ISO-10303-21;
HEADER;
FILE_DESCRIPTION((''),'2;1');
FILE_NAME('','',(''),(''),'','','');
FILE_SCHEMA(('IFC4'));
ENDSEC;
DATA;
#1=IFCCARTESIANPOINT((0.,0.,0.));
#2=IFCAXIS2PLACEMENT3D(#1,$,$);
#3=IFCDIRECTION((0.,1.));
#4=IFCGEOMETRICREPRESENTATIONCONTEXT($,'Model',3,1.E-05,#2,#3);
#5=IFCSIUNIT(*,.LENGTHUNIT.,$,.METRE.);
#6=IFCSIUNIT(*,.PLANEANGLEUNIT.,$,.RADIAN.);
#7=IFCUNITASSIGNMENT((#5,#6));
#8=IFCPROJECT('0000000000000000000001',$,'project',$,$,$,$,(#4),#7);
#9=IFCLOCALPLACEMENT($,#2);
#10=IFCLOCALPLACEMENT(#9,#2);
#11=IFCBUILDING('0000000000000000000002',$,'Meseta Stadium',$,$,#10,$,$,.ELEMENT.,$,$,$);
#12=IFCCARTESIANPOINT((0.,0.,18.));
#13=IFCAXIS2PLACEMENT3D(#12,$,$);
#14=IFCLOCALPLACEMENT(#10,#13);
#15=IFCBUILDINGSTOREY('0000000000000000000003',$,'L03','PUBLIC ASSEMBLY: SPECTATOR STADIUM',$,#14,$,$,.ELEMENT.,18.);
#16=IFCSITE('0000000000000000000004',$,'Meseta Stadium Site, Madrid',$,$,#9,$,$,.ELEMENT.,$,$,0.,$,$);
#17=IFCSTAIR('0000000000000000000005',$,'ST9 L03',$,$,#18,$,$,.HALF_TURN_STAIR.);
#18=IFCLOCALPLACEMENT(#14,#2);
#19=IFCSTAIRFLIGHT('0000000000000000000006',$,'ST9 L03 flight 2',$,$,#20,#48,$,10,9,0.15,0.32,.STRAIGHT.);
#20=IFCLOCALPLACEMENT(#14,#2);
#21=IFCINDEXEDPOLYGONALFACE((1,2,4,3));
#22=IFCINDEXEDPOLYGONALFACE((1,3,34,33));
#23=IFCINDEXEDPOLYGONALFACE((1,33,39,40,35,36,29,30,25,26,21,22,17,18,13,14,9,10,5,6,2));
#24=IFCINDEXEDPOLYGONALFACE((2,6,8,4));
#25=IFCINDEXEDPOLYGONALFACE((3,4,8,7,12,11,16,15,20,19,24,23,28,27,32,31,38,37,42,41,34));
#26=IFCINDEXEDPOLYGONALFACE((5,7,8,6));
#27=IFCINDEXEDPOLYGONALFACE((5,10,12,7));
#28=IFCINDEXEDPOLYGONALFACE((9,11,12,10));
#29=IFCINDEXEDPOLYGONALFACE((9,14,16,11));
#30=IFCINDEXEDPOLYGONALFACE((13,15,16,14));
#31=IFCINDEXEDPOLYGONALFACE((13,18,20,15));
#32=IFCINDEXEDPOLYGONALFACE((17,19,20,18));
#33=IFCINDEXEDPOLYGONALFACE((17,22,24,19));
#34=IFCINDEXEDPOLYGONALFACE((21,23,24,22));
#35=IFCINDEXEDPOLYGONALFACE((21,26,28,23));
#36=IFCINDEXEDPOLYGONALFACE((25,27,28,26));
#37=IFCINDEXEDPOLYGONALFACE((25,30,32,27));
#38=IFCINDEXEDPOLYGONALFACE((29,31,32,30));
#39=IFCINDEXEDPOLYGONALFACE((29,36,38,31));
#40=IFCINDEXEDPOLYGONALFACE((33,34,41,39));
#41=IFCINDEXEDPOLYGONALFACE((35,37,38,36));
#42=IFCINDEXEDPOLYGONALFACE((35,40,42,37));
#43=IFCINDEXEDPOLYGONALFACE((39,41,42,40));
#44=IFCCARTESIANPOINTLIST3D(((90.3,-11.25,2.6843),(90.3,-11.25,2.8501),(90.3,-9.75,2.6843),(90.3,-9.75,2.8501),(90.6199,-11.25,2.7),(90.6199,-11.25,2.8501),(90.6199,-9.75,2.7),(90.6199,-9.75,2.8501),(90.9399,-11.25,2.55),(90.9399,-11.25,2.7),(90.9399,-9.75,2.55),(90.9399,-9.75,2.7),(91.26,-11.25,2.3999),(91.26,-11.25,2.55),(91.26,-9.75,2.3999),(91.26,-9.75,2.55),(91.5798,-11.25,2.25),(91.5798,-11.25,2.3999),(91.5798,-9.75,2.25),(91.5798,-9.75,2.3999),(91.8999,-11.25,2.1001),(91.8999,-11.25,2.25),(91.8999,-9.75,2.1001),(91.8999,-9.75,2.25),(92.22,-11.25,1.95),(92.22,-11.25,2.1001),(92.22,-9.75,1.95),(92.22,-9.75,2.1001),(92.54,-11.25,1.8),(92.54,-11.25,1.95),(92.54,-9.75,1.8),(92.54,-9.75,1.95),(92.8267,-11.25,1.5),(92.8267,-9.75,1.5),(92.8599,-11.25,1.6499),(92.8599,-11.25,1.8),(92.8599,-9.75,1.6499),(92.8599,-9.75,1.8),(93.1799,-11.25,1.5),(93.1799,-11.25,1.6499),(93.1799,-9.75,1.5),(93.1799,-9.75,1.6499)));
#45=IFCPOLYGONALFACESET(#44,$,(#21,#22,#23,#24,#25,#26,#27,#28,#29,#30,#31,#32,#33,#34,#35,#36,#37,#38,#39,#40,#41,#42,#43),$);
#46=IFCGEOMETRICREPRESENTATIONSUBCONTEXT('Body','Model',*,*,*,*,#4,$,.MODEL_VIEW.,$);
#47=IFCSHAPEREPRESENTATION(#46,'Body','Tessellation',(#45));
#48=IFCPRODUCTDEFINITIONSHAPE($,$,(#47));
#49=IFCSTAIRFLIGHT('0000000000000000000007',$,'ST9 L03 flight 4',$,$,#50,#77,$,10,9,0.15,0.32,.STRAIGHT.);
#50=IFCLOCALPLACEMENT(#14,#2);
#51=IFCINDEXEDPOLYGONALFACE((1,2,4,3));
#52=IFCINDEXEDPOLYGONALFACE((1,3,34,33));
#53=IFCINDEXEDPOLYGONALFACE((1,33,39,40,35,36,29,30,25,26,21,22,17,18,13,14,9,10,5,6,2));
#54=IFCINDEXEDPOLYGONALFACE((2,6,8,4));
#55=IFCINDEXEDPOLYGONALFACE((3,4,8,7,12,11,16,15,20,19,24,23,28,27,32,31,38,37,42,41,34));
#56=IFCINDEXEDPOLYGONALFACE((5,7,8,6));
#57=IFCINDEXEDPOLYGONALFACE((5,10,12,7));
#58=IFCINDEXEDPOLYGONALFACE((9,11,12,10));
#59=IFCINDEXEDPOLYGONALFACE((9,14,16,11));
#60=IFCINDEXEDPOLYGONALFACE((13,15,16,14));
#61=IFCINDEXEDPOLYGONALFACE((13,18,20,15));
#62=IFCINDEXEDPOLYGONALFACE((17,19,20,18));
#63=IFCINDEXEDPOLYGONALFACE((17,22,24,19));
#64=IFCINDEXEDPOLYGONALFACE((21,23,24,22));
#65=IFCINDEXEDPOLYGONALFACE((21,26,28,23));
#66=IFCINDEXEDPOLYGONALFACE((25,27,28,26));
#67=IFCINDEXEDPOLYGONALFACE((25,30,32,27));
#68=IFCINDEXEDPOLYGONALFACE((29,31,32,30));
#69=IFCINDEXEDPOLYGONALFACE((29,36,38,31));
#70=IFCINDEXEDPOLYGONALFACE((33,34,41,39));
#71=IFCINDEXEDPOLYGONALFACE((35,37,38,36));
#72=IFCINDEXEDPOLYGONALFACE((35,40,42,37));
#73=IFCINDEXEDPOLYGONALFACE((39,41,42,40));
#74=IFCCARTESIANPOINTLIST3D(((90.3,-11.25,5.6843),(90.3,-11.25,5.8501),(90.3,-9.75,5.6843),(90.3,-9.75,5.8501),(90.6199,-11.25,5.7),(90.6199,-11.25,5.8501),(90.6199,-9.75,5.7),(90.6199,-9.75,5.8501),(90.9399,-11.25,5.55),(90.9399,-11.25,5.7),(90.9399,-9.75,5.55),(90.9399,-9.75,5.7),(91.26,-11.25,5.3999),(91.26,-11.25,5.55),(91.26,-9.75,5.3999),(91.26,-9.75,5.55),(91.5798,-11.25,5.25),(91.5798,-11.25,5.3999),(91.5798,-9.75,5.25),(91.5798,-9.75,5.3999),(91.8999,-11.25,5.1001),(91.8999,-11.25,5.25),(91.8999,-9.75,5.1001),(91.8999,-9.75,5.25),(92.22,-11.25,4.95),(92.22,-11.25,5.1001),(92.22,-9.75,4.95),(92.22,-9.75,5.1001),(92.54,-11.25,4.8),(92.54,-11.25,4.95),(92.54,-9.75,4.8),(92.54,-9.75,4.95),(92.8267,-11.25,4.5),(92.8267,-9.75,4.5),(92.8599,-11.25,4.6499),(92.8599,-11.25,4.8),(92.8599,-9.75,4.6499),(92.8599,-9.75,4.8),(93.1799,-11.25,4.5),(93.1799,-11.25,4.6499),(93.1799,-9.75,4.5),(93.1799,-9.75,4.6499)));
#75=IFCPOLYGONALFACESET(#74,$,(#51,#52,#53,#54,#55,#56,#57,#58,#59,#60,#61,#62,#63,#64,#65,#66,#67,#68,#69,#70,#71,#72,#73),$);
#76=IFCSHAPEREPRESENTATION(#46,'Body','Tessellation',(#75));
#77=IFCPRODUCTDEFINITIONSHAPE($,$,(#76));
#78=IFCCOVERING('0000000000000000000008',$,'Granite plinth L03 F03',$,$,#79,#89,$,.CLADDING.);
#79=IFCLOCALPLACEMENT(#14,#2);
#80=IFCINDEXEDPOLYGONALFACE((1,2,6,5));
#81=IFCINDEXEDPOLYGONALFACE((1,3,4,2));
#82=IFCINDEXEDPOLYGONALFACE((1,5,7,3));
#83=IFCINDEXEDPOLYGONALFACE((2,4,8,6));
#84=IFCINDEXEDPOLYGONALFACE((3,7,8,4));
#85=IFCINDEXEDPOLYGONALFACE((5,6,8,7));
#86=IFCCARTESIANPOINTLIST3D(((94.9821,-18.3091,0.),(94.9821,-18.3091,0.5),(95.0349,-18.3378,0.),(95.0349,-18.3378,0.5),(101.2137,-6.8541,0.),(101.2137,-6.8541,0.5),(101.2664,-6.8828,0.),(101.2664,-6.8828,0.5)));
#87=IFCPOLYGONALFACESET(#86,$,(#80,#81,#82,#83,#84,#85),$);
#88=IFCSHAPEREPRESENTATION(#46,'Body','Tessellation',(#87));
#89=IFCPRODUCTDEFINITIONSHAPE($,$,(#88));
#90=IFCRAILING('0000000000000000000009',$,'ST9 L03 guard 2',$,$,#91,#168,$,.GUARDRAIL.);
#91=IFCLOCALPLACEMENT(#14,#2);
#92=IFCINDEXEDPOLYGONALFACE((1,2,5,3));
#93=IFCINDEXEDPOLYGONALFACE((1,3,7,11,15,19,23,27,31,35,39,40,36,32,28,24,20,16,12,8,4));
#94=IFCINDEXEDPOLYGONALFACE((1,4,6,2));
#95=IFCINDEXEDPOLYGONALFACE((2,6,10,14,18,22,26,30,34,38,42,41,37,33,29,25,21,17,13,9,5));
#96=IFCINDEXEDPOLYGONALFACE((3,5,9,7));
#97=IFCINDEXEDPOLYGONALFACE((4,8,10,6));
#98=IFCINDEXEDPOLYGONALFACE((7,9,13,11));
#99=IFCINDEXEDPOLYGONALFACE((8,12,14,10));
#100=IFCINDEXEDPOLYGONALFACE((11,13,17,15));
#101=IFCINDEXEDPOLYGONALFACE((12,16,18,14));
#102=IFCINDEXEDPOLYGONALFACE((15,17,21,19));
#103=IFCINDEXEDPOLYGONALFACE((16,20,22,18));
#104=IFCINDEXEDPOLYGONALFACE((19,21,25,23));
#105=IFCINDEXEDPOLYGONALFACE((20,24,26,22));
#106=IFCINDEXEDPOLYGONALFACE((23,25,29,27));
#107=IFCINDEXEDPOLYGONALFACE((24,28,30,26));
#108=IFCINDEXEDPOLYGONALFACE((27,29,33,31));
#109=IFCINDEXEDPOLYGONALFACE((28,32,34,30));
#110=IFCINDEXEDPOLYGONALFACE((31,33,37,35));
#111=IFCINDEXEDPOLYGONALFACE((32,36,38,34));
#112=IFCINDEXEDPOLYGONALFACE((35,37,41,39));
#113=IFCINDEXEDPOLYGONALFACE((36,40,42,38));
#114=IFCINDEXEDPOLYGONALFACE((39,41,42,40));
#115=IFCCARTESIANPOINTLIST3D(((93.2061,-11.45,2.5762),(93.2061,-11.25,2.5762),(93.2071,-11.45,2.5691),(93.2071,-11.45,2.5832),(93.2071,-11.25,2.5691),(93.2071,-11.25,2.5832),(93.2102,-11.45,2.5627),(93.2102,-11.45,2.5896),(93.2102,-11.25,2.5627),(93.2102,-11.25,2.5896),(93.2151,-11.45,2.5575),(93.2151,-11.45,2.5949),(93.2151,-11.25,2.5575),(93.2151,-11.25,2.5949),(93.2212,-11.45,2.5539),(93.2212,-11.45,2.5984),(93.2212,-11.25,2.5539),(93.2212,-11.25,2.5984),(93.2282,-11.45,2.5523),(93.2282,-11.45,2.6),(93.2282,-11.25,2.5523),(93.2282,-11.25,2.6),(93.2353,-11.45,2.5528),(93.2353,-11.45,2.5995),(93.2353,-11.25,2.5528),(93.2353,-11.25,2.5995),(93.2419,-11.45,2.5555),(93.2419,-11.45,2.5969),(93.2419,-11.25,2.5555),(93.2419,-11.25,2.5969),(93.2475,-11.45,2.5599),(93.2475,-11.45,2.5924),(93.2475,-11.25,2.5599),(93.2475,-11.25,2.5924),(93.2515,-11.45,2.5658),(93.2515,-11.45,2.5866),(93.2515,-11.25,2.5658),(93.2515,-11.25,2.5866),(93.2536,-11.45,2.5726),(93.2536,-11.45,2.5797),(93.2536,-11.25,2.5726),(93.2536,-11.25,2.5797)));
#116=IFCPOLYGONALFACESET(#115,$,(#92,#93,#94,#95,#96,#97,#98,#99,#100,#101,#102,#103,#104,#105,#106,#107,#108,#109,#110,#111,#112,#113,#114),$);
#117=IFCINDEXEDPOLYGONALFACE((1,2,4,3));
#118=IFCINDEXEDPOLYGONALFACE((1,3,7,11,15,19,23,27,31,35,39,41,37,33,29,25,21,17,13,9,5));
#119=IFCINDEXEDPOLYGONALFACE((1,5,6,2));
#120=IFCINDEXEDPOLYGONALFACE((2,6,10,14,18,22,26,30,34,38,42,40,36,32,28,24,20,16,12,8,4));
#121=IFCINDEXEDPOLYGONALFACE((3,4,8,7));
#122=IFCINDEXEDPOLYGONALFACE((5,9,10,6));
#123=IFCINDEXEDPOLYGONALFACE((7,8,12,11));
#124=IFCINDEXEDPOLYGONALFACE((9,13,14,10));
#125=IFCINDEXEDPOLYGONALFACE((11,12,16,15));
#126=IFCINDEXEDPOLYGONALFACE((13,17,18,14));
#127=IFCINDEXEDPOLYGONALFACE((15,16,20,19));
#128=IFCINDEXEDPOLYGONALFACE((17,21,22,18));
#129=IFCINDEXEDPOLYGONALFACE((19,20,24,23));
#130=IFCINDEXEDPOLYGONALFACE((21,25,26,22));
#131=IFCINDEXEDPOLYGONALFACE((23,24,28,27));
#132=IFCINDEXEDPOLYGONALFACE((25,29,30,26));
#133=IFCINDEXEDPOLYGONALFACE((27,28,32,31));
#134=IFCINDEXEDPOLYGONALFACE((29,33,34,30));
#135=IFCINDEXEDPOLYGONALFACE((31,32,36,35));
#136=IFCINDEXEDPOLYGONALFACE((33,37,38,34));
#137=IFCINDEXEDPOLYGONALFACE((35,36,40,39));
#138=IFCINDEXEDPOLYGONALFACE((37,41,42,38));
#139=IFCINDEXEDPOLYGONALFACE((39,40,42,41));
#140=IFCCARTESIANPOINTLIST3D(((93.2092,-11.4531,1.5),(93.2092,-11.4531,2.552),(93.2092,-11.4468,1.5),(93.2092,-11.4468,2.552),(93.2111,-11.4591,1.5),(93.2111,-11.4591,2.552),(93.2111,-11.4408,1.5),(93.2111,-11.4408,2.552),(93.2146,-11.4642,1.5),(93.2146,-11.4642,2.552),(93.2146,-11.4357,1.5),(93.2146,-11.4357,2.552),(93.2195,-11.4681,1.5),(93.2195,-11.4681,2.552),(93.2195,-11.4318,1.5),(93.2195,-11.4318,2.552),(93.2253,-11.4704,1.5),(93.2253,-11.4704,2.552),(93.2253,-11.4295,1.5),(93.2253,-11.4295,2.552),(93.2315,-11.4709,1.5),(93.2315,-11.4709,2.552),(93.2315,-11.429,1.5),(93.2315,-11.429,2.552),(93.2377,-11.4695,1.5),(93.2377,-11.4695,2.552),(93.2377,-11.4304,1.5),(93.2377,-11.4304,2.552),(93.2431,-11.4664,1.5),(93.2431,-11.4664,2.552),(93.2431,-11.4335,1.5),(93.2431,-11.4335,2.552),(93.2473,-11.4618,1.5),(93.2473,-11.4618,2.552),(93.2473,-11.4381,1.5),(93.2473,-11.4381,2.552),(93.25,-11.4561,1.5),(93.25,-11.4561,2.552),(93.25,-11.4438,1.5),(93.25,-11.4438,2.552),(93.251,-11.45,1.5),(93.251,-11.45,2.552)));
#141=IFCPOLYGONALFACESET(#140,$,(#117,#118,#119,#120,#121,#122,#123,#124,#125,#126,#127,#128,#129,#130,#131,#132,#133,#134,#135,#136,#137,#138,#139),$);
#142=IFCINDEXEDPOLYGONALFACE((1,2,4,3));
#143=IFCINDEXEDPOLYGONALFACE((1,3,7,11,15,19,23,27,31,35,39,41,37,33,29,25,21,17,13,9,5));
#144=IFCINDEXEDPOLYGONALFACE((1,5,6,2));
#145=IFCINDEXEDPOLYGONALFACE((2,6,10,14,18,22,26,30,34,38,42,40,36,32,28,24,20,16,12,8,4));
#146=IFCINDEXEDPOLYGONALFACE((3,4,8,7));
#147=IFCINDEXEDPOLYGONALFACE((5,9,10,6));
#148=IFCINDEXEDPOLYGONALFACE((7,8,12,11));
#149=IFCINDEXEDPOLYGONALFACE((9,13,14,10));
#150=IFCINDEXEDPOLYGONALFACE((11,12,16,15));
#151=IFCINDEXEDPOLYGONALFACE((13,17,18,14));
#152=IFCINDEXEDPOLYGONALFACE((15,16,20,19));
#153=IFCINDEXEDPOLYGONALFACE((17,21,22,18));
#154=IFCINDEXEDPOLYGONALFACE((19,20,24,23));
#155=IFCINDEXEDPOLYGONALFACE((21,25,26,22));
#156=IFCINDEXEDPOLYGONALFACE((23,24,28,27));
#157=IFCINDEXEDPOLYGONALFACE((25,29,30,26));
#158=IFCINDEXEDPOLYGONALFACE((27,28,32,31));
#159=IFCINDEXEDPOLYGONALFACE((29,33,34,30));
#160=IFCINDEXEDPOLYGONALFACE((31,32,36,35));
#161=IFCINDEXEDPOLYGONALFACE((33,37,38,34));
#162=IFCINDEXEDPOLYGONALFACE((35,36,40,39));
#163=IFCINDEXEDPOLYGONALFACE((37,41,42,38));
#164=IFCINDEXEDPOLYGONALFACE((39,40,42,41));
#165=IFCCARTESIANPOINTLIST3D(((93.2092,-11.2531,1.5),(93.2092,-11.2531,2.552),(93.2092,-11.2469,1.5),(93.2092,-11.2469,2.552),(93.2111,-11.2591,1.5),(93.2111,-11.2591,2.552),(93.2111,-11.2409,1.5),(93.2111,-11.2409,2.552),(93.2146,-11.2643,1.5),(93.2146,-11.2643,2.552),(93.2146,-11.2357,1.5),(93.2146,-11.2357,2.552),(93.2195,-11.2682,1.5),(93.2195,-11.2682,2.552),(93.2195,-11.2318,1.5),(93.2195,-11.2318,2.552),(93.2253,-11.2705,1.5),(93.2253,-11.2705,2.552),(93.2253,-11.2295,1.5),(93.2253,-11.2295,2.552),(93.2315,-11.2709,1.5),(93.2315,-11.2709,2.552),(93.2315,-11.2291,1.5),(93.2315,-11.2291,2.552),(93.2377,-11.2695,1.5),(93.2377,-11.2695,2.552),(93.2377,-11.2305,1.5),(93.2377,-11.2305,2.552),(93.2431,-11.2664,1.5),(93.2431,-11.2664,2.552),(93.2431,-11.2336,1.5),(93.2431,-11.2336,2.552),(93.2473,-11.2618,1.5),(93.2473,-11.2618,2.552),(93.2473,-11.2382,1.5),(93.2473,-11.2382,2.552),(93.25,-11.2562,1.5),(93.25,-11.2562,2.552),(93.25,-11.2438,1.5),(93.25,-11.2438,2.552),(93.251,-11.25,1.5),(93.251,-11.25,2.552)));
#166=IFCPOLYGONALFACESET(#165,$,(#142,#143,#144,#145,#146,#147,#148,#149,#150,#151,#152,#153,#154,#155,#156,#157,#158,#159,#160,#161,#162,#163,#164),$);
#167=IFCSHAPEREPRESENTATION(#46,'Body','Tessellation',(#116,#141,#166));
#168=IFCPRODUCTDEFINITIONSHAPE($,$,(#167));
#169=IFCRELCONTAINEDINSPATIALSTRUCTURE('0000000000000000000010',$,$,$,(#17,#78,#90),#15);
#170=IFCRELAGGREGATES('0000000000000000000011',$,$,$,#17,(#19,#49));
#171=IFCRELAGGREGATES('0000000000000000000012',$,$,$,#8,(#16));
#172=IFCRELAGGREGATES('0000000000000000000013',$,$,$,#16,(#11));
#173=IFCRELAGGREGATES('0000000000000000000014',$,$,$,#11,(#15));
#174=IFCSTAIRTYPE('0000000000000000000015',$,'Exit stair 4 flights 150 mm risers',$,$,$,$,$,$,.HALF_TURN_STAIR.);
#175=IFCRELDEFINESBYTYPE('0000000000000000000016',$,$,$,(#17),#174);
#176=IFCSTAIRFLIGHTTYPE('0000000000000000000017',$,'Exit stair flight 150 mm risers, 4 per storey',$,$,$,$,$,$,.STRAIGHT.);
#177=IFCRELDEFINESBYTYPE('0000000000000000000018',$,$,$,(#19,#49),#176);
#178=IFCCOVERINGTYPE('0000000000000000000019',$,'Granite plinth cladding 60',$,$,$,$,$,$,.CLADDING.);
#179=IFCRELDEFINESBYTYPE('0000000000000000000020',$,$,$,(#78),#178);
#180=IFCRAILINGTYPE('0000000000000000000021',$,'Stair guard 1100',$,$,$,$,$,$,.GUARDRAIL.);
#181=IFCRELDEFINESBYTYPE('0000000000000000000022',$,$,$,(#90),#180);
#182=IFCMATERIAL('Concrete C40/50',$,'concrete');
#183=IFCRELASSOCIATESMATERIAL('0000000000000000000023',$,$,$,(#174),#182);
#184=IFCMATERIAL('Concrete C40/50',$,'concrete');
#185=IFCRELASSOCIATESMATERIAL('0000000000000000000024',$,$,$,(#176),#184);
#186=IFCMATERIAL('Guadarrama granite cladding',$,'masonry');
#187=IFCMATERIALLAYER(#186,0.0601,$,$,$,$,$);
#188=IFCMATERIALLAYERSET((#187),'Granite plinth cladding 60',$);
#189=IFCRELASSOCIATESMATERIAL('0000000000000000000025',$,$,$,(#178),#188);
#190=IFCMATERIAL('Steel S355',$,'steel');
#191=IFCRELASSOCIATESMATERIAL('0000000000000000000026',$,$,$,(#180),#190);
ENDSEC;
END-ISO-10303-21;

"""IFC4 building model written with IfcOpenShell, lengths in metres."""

from ifc_helpers import new_model, si_unit, direction, frame, origin, origin_2d, place, context, subcontext, project, spatial, polyline, rectangle, circle, outline, extrude, material, layer, layer_set, type_object, element, aggregate, save


model = new_model("IFC4")

# Units and contexts
model_context = context("Model", 3, precision=1e-05, world=origin(), true_north=direction((0.0, 1.0)))
body_context = subcontext(model_context, "Body", "Model", "MODEL_VIEW")
ifc_project = project(units=[si_unit("LENGTHUNIT", "METRE"), si_unit("PLANEANGLEUNIT", "RADIAN")], contexts=[model_context])

# Site, building, storey
site_placement = place(None, origin())
site = spatial("IfcSite", under=ifc_project, at=site_placement, Name="Meseta Stadium Site, Madrid", CompositionType="ELEMENT", RefElevation=0.0)
building_placement = place(site_placement, origin())
building = spatial("IfcBuilding", under=site, at=building_placement, Name="Meseta Stadium", CompositionType="ELEMENT")
storey_placement = place(building_placement, frame((0.0, 0.0, 18.0)))
storey = spatial("IfcBuildingStorey", under=building, at=storey_placement, Name="L03", Description="PUBLIC ASSEMBLY: SPECTATOR STADIUM", CompositionType="ELEMENT", Elevation=18.0)

# Stair, stair flights
ifc_material_1 = material(Name="Concrete C40/50", Category="concrete")
stair_type = type_object("IfcStairType", Name="Exit stair 4 flights 150 mm risers", PredefinedType="HALF_TURN_STAIR", material=ifc_material_1)
stair_placement = place(storey_placement, origin())
stair = element("IfcStair", 1, at=stair_placement, inside=storey, type_object=stair_type, Name="ST9 L03", PredefinedType="HALF_TURN_STAIR")
ifc_material_2 = material(Name="Concrete C40/50", Category="concrete")
stair_flight_type = type_object("IfcStairFlightType", Name="Exit stair flight 150 mm risers, 4 per storey", PredefinedType="STRAIGHT", material=ifc_material_2)
stair_flight_1_placement = place(storey_placement, frame((93.1799, -10.5, 1.5), z_axis=(0.0, 0.0, 1.0), x_axis=(-1.0, 0.0, 0.0)))
stair_flight_1 = element("IfcStairFlight", 2, at=stair_flight_1_placement, type_object=stair_flight_type, Name="ST9 L03 flight 2", NumberOfRisers=10, NumberOfTreads=9, PredefinedType="STRAIGHT", RiserHeight=0.15, TreadLength=0.32, context=body_context, shape_type="SweptSolid", body=[
    extrude(outline(polyline([(0.0, 0.0), (0.0, 0.1499), (0.3201, 0.1499), (0.3201, 0.3), (0.6399, 0.3), (0.6399, 0.45), (0.96, 0.45), (0.96, 0.6001), (1.28, 0.6001), (1.28, 0.75), (1.6001, 0.75), (1.6001, 0.8999), (1.9199, 0.8999), (1.9199, 1.05), (2.24, 1.05), (2.24, 1.2), (2.5601, 1.2), (2.5601, 1.3501), (2.8799, 1.3501), (2.8799, 1.1843), (0.3533, 0.0), (0.0, 0.0)])), frame((0.0, 0.75, 0.0), z_axis=(0.0, -1.0, 0.0), x_axis=(1.0, 0.0, 0.0)), (0.0, 0.0, 1.0), 1.5),
])
stair_flight_2_placement = place(storey_placement, frame((93.1799, -10.5, 4.5), z_axis=(0.0, 0.0, 1.0), x_axis=(-1.0, 0.0, 0.0)))
stair_flight_2 = element("IfcStairFlight", 3, at=stair_flight_2_placement, type_object=stair_flight_type, Name="ST9 L03 flight 4", NumberOfRisers=10, NumberOfTreads=9, PredefinedType="STRAIGHT", RiserHeight=0.15, TreadLength=0.32, context=body_context, shape_type="SweptSolid", body=[
    extrude(outline(polyline([(0.0, 0.0), (0.0, 0.1499), (0.3201, 0.1499), (0.3201, 0.3), (0.6399, 0.3), (0.6399, 0.45), (0.96, 0.45), (0.96, 0.6001), (1.28, 0.6001), (1.28, 0.75), (1.6001, 0.75), (1.6001, 0.8999), (1.9199, 0.8999), (1.9199, 1.05), (2.24, 1.05), (2.24, 1.2), (2.5601, 1.2), (2.5601, 1.3501), (2.8799, 1.3501), (2.8799, 1.1843), (0.3533, 0.0), (0.0, 0.0)])), frame((0.0, 0.75, 0.0), z_axis=(0.0, -1.0, 0.0), x_axis=(1.0, 0.0, 0.0)), (0.0, 0.0, 1.0), 1.5),
])
aggregate(stair, [stair_flight_1, stair_flight_2])

# Covering
ifc_material_3 = material(Name="Guadarrama granite cladding", Category="masonry")
ifc_layer_1 = layer(ifc_material_3, 0.0601)
ifc_layer_set_1 = layer_set([ifc_layer_1], Name="Granite plinth cladding 60")
covering_type_1 = type_object("IfcCoveringType", Name="Granite plinth cladding 60", PredefinedType="CLADDING", material=ifc_layer_set_1)
covering_1_placement = place(storey_placement, frame((98.1243, -12.5959, 0.0), z_axis=(0.0, 0.0, 1.0), x_axis=(-0.477867, -0.878432, 0.0)))
element("IfcCovering", 4, at=covering_1_placement, inside=storey, type_object=covering_type_1, Name="Granite plinth L03 F03", PredefinedType="CLADDING", context=body_context, shape_type="SweptSolid", body=[
    extrude(rectangle(XDim=13.0403, YDim=0.0601, at=origin_2d()), origin(), (0.0, 0.0, 1.0), 0.5),
])

# Railing
ifc_material_4 = material(Name="Steel S355", Category="steel")
railing_type = type_object("IfcRailingType", Name="Stair guard 1100", PredefinedType="GUARDRAIL", material=ifc_material_4)
railing_1_placement = place(storey_placement, frame((93.23, -11.45, 1.5)))
element("IfcRailing", 5, at=railing_1_placement, inside=storey, type_object=railing_type, Name="ST9 L03 guard 2", PredefinedType="GUARDRAIL", context=body_context, shape_type="SweptSolid", body=[
    extrude(circle(Radius=0.0239, at=origin_2d()), frame((0.0, 0.0, 1.0762), z_axis=(0.0, 1.0, 0.0), x_axis=(-1.0, 0.0, 0.0)), (0.0, 0.0, 1.0), 0.2),
    extrude(circle(Radius=0.021, at=origin_2d()), origin(), (0.0, 0.0, 1.0), 1.052),
    extrude(circle(Radius=0.021, at=origin_2d()), frame((0.0, 0.2, 0.0)), (0.0, 0.0, 1.0), 1.052),
])

save(model, "model.ifc")
